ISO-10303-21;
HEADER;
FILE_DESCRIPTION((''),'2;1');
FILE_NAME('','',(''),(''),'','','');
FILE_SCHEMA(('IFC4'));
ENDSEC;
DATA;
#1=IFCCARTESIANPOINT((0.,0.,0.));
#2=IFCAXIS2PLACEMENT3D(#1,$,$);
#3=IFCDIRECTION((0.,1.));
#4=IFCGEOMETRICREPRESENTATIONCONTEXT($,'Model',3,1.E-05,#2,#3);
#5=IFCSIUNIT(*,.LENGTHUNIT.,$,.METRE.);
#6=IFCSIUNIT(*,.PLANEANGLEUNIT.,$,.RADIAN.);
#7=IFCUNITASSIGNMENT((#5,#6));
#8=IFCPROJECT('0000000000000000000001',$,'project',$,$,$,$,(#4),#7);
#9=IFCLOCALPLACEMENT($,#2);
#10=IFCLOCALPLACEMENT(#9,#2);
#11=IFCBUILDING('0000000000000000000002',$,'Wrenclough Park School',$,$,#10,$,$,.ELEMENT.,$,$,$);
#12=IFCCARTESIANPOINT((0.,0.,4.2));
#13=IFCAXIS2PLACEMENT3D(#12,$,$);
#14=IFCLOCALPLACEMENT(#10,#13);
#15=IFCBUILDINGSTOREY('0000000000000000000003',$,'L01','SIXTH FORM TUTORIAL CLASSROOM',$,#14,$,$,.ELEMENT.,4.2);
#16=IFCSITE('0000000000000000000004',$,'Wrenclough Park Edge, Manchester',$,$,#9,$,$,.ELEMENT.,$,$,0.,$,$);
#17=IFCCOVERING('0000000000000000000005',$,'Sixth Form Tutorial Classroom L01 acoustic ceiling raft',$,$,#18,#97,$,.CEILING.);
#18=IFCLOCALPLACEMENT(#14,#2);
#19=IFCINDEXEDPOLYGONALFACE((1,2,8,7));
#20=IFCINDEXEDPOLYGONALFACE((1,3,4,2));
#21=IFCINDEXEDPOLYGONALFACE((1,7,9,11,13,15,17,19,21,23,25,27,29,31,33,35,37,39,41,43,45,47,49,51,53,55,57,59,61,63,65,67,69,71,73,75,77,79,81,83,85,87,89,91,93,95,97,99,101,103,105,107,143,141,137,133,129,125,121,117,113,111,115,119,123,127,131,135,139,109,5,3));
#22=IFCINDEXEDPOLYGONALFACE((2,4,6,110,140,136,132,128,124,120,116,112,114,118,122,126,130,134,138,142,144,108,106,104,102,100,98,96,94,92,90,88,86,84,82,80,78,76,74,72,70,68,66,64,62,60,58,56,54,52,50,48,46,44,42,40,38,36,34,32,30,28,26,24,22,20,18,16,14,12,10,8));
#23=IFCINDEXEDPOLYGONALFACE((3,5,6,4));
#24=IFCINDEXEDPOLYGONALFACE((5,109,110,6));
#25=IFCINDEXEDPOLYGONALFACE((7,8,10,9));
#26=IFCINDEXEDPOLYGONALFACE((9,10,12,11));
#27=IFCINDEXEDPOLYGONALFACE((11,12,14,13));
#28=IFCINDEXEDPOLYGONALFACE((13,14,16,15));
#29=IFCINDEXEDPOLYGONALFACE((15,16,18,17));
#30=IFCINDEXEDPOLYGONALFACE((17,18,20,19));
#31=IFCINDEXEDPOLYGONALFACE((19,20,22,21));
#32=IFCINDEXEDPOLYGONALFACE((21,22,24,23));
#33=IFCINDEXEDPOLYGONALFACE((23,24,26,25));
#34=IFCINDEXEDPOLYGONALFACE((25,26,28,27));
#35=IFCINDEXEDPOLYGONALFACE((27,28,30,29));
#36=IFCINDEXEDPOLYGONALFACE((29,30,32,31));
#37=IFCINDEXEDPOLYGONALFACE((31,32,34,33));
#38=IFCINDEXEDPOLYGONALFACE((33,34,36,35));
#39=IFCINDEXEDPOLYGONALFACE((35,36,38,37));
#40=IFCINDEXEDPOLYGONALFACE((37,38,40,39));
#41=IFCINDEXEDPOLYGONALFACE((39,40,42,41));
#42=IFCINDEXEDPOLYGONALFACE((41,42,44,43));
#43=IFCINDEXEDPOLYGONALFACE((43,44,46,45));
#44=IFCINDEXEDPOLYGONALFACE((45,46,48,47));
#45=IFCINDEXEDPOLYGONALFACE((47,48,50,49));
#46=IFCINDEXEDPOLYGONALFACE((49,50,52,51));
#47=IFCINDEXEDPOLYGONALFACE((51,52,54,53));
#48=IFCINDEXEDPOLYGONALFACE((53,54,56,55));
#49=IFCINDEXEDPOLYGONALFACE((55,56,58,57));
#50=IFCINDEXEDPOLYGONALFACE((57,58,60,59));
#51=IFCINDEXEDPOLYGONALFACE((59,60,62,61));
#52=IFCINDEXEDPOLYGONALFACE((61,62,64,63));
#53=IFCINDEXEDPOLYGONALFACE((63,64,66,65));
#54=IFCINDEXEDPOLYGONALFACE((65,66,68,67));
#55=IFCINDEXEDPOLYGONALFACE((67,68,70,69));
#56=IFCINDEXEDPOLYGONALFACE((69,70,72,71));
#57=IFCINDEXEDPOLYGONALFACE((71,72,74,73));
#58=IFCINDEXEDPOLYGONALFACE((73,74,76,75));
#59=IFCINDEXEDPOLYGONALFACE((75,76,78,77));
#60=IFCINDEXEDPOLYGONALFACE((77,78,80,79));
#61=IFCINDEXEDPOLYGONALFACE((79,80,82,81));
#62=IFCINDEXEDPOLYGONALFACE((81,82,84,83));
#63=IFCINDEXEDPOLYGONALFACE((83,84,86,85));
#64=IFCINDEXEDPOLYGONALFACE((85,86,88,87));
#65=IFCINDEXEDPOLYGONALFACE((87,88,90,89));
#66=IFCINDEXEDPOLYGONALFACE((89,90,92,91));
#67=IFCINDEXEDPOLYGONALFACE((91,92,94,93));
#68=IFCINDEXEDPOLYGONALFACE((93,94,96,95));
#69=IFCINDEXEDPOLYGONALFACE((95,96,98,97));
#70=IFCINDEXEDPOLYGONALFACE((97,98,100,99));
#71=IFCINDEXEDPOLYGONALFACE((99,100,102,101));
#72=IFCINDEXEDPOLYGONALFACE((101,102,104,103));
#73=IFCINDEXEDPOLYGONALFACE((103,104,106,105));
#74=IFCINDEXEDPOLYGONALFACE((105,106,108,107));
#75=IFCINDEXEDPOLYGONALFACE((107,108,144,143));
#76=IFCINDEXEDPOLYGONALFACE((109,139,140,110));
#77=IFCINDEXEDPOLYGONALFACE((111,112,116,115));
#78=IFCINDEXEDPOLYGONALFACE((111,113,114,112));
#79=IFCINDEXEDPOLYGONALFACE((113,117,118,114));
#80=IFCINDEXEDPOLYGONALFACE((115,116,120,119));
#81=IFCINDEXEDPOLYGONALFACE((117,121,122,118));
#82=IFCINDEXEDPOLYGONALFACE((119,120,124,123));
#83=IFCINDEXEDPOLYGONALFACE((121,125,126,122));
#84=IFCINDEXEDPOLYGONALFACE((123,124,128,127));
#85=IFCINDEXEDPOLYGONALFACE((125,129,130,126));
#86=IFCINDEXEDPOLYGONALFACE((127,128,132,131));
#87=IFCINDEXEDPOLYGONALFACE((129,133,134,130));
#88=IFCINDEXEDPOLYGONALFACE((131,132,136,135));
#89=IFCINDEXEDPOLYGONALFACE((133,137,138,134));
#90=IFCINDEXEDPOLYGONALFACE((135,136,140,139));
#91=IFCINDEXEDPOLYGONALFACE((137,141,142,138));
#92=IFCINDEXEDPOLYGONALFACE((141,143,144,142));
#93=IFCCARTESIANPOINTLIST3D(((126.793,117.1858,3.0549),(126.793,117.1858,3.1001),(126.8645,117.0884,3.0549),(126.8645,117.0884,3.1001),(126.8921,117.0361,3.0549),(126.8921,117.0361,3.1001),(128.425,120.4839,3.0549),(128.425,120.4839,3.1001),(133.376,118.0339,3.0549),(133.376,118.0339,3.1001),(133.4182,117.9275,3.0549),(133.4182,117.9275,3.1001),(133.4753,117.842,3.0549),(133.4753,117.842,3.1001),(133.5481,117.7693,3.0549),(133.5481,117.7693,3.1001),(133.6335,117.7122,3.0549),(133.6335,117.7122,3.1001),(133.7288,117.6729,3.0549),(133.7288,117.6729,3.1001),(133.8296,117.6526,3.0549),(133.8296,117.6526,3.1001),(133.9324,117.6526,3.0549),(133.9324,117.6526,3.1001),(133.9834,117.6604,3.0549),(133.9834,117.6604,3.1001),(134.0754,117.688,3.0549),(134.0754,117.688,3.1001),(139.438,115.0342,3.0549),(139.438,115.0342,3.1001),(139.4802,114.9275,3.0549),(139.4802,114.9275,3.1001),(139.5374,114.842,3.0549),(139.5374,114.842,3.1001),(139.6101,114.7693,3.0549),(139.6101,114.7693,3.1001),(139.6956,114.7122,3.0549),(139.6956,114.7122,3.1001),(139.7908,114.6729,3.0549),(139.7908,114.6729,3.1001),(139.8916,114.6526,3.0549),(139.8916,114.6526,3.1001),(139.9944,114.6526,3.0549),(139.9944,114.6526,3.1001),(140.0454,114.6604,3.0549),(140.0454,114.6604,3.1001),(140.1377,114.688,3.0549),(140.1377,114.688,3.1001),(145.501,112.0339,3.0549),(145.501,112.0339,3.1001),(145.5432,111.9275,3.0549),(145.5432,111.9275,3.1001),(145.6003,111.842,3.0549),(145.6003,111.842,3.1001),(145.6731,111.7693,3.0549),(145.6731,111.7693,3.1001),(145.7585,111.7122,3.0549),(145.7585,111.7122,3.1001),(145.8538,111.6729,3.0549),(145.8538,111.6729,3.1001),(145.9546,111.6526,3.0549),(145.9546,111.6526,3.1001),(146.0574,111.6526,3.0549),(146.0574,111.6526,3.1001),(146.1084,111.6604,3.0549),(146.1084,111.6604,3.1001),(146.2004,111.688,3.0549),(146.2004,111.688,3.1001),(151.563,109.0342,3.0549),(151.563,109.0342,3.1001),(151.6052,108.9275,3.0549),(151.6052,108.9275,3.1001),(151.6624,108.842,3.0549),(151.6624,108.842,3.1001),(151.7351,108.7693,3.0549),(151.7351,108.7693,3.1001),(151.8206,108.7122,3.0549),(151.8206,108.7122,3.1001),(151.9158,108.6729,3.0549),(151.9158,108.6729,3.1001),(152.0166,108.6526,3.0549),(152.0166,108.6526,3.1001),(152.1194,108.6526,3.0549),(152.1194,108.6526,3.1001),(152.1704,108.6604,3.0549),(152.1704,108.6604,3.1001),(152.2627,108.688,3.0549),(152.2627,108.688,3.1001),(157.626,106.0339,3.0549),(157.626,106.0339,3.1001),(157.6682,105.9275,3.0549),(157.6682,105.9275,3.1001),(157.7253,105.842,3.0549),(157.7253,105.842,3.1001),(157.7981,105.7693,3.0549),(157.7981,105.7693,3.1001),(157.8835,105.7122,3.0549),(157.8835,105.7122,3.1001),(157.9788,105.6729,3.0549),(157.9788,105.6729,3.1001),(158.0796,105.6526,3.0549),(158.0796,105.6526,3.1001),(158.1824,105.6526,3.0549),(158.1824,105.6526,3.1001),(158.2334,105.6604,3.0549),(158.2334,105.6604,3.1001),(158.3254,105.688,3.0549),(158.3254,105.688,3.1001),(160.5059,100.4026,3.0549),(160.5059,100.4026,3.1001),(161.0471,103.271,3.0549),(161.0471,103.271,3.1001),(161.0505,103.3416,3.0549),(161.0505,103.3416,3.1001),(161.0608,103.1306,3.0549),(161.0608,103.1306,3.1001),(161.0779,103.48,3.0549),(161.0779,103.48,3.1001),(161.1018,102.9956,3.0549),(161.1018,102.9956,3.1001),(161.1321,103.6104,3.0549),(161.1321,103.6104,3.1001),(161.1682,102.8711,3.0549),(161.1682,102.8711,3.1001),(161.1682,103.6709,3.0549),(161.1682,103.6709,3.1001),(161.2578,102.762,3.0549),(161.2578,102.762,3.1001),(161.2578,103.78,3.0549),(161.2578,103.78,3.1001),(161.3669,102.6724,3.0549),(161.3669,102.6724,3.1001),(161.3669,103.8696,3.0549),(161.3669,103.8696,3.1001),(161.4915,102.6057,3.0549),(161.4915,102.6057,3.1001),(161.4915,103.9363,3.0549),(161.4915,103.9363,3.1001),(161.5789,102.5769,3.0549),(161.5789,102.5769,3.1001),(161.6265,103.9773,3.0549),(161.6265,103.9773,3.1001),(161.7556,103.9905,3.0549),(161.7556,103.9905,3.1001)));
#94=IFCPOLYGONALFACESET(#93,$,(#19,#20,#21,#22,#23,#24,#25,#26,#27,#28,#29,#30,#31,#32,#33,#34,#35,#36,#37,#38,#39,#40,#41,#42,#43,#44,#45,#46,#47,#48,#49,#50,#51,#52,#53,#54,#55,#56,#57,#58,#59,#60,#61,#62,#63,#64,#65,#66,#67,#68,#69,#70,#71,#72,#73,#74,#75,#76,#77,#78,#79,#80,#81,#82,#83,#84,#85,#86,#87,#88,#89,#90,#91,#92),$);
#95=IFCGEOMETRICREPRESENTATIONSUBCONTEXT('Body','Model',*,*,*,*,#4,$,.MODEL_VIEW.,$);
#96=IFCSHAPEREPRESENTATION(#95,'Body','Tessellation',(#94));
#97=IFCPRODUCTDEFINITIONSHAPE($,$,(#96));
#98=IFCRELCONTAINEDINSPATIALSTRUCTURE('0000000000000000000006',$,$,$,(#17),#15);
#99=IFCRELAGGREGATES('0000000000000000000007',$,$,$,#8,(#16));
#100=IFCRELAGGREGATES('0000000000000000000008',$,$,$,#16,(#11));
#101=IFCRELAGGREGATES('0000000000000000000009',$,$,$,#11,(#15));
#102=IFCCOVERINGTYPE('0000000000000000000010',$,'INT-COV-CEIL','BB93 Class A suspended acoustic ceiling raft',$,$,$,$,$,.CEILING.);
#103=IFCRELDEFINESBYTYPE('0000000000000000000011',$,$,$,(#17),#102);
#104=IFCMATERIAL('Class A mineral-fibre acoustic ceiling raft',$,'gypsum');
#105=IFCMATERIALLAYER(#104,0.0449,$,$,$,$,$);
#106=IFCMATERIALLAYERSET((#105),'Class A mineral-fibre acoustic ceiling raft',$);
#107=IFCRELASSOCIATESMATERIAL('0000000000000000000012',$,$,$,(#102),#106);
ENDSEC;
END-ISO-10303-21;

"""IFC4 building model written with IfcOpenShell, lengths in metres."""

from ifc_helpers import new_model, si_unit, direction, frame, origin, place, context, subcontext, project, spatial, polyline, outline, extrude, material, layer, layer_set, type_object, element, save


model = new_model("IFC4")

# Units and contexts
model_context = context("Model", 3, precision=1e-05, world=origin(), true_north=direction((0.0, 1.0)))
body_context = subcontext(model_context, "Body", "Model", "MODEL_VIEW")
ifc_project = project(units=[si_unit("LENGTHUNIT", "METRE"), si_unit("PLANEANGLEUNIT", "RADIAN")], contexts=[model_context])

# Site, building, storey
site_placement = place(None, origin())
site = spatial("IfcSite", under=ifc_project, at=site_placement, Name="Wrenclough Park Edge, Manchester", CompositionType="ELEMENT", RefElevation=0.0)
building_placement = place(site_placement, origin())
building = spatial("IfcBuilding", under=site, at=building_placement, Name="Wrenclough Park School", CompositionType="ELEMENT")
storey_placement = place(building_placement, frame((0.0, 0.0, 4.2)))
storey = spatial("IfcBuildingStorey", under=building, at=storey_placement, Name="L01", Description="SIXTH FORM TUTORIAL CLASSROOM", CompositionType="ELEMENT", Elevation=4.2)

# Covering
ifc_material_1 = material(Name="Class A mineral-fibre acoustic ceiling raft", Category="gypsum")
ifc_layer_1 = layer(ifc_material_1, 0.0449)
ifc_layer_set_1 = layer_set([ifc_layer_1], Name="Class A mineral-fibre acoustic ceiling raft")
covering_type_1 = type_object("IfcCoveringType", Name="INT-COV-CEIL", Description="BB93 Class A suspended acoustic ceiling raft", PredefinedType="CEILING", material=ifc_layer_set_1)
covering_1_placement = place(storey_placement, frame((0.0, 0.0, 3.0549)))
element("IfcCovering", 1, at=covering_1_placement, inside=storey, type_object=covering_type_1, Name="Sixth Form Tutorial Classroom L01 acoustic ceiling raft", PredefinedType="CEILING", context=body_context, shape_type="SweptSolid", body=[
    extrude(outline(polyline([(126.8645, 117.0884), (126.8921, 117.0361), (160.5059, 100.4026), (161.5789, 102.5769), (161.4915, 102.6057), (161.3669, 102.6724), (161.2578, 102.762), (161.1682, 102.8711), (161.1018, 102.9956), (161.0608, 103.1306), (161.0471, 103.271), (161.0505, 103.3416), (161.0779, 103.48), (161.1321, 103.6104), (161.1682, 103.6709), (161.2578, 103.78), (161.3669, 103.8696), (161.4915, 103.9363), (161.6265, 103.9773), (161.7556, 103.9905), (158.3254, 105.688), (158.2334, 105.6604), (158.1824, 105.6526), (158.0796, 105.6526), (157.9788, 105.6729), (157.8835, 105.7122), (157.7981, 105.7693), (157.7253, 105.842), (157.6682, 105.9275), (157.626, 106.0339), (152.2627, 108.688), (152.1704, 108.6604), (152.1194, 108.6526), (152.0166, 108.6526), (151.9158, 108.6729), (151.8206, 108.7122), (151.7351, 108.7693), (151.6624, 108.842), (151.6052, 108.9275), (151.563, 109.0342), (146.2004, 111.688), (146.1084, 111.6604), (146.0574, 111.6526), (145.9546, 111.6526), (145.8538, 111.6729), (145.7585, 111.7122), (145.6731, 111.7693), (145.6003, 111.842), (145.5432, 111.9275), (145.501, 112.0339), (140.1377, 114.688), (140.0454, 114.6604), (139.9944, 114.6526), (139.8916, 114.6526), (139.7908, 114.6729), (139.6956, 114.7122), (139.6101, 114.7693), (139.5374, 114.842), (139.4802, 114.9275), (139.438, 115.0342), (134.0754, 117.688), (133.9834, 117.6604), (133.9324, 117.6526), (133.8296, 117.6526), (133.7288, 117.6729), (133.6335, 117.7122), (133.5481, 117.7693), (133.4753, 117.842), (133.4182, 117.9275), (133.376, 118.0339), (128.425, 120.4839), (126.793, 117.1858), (126.8645, 117.0884)])), origin(), (0.0, 0.0, 1.0), 0.0452),
])

save(model, "model.ifc")
